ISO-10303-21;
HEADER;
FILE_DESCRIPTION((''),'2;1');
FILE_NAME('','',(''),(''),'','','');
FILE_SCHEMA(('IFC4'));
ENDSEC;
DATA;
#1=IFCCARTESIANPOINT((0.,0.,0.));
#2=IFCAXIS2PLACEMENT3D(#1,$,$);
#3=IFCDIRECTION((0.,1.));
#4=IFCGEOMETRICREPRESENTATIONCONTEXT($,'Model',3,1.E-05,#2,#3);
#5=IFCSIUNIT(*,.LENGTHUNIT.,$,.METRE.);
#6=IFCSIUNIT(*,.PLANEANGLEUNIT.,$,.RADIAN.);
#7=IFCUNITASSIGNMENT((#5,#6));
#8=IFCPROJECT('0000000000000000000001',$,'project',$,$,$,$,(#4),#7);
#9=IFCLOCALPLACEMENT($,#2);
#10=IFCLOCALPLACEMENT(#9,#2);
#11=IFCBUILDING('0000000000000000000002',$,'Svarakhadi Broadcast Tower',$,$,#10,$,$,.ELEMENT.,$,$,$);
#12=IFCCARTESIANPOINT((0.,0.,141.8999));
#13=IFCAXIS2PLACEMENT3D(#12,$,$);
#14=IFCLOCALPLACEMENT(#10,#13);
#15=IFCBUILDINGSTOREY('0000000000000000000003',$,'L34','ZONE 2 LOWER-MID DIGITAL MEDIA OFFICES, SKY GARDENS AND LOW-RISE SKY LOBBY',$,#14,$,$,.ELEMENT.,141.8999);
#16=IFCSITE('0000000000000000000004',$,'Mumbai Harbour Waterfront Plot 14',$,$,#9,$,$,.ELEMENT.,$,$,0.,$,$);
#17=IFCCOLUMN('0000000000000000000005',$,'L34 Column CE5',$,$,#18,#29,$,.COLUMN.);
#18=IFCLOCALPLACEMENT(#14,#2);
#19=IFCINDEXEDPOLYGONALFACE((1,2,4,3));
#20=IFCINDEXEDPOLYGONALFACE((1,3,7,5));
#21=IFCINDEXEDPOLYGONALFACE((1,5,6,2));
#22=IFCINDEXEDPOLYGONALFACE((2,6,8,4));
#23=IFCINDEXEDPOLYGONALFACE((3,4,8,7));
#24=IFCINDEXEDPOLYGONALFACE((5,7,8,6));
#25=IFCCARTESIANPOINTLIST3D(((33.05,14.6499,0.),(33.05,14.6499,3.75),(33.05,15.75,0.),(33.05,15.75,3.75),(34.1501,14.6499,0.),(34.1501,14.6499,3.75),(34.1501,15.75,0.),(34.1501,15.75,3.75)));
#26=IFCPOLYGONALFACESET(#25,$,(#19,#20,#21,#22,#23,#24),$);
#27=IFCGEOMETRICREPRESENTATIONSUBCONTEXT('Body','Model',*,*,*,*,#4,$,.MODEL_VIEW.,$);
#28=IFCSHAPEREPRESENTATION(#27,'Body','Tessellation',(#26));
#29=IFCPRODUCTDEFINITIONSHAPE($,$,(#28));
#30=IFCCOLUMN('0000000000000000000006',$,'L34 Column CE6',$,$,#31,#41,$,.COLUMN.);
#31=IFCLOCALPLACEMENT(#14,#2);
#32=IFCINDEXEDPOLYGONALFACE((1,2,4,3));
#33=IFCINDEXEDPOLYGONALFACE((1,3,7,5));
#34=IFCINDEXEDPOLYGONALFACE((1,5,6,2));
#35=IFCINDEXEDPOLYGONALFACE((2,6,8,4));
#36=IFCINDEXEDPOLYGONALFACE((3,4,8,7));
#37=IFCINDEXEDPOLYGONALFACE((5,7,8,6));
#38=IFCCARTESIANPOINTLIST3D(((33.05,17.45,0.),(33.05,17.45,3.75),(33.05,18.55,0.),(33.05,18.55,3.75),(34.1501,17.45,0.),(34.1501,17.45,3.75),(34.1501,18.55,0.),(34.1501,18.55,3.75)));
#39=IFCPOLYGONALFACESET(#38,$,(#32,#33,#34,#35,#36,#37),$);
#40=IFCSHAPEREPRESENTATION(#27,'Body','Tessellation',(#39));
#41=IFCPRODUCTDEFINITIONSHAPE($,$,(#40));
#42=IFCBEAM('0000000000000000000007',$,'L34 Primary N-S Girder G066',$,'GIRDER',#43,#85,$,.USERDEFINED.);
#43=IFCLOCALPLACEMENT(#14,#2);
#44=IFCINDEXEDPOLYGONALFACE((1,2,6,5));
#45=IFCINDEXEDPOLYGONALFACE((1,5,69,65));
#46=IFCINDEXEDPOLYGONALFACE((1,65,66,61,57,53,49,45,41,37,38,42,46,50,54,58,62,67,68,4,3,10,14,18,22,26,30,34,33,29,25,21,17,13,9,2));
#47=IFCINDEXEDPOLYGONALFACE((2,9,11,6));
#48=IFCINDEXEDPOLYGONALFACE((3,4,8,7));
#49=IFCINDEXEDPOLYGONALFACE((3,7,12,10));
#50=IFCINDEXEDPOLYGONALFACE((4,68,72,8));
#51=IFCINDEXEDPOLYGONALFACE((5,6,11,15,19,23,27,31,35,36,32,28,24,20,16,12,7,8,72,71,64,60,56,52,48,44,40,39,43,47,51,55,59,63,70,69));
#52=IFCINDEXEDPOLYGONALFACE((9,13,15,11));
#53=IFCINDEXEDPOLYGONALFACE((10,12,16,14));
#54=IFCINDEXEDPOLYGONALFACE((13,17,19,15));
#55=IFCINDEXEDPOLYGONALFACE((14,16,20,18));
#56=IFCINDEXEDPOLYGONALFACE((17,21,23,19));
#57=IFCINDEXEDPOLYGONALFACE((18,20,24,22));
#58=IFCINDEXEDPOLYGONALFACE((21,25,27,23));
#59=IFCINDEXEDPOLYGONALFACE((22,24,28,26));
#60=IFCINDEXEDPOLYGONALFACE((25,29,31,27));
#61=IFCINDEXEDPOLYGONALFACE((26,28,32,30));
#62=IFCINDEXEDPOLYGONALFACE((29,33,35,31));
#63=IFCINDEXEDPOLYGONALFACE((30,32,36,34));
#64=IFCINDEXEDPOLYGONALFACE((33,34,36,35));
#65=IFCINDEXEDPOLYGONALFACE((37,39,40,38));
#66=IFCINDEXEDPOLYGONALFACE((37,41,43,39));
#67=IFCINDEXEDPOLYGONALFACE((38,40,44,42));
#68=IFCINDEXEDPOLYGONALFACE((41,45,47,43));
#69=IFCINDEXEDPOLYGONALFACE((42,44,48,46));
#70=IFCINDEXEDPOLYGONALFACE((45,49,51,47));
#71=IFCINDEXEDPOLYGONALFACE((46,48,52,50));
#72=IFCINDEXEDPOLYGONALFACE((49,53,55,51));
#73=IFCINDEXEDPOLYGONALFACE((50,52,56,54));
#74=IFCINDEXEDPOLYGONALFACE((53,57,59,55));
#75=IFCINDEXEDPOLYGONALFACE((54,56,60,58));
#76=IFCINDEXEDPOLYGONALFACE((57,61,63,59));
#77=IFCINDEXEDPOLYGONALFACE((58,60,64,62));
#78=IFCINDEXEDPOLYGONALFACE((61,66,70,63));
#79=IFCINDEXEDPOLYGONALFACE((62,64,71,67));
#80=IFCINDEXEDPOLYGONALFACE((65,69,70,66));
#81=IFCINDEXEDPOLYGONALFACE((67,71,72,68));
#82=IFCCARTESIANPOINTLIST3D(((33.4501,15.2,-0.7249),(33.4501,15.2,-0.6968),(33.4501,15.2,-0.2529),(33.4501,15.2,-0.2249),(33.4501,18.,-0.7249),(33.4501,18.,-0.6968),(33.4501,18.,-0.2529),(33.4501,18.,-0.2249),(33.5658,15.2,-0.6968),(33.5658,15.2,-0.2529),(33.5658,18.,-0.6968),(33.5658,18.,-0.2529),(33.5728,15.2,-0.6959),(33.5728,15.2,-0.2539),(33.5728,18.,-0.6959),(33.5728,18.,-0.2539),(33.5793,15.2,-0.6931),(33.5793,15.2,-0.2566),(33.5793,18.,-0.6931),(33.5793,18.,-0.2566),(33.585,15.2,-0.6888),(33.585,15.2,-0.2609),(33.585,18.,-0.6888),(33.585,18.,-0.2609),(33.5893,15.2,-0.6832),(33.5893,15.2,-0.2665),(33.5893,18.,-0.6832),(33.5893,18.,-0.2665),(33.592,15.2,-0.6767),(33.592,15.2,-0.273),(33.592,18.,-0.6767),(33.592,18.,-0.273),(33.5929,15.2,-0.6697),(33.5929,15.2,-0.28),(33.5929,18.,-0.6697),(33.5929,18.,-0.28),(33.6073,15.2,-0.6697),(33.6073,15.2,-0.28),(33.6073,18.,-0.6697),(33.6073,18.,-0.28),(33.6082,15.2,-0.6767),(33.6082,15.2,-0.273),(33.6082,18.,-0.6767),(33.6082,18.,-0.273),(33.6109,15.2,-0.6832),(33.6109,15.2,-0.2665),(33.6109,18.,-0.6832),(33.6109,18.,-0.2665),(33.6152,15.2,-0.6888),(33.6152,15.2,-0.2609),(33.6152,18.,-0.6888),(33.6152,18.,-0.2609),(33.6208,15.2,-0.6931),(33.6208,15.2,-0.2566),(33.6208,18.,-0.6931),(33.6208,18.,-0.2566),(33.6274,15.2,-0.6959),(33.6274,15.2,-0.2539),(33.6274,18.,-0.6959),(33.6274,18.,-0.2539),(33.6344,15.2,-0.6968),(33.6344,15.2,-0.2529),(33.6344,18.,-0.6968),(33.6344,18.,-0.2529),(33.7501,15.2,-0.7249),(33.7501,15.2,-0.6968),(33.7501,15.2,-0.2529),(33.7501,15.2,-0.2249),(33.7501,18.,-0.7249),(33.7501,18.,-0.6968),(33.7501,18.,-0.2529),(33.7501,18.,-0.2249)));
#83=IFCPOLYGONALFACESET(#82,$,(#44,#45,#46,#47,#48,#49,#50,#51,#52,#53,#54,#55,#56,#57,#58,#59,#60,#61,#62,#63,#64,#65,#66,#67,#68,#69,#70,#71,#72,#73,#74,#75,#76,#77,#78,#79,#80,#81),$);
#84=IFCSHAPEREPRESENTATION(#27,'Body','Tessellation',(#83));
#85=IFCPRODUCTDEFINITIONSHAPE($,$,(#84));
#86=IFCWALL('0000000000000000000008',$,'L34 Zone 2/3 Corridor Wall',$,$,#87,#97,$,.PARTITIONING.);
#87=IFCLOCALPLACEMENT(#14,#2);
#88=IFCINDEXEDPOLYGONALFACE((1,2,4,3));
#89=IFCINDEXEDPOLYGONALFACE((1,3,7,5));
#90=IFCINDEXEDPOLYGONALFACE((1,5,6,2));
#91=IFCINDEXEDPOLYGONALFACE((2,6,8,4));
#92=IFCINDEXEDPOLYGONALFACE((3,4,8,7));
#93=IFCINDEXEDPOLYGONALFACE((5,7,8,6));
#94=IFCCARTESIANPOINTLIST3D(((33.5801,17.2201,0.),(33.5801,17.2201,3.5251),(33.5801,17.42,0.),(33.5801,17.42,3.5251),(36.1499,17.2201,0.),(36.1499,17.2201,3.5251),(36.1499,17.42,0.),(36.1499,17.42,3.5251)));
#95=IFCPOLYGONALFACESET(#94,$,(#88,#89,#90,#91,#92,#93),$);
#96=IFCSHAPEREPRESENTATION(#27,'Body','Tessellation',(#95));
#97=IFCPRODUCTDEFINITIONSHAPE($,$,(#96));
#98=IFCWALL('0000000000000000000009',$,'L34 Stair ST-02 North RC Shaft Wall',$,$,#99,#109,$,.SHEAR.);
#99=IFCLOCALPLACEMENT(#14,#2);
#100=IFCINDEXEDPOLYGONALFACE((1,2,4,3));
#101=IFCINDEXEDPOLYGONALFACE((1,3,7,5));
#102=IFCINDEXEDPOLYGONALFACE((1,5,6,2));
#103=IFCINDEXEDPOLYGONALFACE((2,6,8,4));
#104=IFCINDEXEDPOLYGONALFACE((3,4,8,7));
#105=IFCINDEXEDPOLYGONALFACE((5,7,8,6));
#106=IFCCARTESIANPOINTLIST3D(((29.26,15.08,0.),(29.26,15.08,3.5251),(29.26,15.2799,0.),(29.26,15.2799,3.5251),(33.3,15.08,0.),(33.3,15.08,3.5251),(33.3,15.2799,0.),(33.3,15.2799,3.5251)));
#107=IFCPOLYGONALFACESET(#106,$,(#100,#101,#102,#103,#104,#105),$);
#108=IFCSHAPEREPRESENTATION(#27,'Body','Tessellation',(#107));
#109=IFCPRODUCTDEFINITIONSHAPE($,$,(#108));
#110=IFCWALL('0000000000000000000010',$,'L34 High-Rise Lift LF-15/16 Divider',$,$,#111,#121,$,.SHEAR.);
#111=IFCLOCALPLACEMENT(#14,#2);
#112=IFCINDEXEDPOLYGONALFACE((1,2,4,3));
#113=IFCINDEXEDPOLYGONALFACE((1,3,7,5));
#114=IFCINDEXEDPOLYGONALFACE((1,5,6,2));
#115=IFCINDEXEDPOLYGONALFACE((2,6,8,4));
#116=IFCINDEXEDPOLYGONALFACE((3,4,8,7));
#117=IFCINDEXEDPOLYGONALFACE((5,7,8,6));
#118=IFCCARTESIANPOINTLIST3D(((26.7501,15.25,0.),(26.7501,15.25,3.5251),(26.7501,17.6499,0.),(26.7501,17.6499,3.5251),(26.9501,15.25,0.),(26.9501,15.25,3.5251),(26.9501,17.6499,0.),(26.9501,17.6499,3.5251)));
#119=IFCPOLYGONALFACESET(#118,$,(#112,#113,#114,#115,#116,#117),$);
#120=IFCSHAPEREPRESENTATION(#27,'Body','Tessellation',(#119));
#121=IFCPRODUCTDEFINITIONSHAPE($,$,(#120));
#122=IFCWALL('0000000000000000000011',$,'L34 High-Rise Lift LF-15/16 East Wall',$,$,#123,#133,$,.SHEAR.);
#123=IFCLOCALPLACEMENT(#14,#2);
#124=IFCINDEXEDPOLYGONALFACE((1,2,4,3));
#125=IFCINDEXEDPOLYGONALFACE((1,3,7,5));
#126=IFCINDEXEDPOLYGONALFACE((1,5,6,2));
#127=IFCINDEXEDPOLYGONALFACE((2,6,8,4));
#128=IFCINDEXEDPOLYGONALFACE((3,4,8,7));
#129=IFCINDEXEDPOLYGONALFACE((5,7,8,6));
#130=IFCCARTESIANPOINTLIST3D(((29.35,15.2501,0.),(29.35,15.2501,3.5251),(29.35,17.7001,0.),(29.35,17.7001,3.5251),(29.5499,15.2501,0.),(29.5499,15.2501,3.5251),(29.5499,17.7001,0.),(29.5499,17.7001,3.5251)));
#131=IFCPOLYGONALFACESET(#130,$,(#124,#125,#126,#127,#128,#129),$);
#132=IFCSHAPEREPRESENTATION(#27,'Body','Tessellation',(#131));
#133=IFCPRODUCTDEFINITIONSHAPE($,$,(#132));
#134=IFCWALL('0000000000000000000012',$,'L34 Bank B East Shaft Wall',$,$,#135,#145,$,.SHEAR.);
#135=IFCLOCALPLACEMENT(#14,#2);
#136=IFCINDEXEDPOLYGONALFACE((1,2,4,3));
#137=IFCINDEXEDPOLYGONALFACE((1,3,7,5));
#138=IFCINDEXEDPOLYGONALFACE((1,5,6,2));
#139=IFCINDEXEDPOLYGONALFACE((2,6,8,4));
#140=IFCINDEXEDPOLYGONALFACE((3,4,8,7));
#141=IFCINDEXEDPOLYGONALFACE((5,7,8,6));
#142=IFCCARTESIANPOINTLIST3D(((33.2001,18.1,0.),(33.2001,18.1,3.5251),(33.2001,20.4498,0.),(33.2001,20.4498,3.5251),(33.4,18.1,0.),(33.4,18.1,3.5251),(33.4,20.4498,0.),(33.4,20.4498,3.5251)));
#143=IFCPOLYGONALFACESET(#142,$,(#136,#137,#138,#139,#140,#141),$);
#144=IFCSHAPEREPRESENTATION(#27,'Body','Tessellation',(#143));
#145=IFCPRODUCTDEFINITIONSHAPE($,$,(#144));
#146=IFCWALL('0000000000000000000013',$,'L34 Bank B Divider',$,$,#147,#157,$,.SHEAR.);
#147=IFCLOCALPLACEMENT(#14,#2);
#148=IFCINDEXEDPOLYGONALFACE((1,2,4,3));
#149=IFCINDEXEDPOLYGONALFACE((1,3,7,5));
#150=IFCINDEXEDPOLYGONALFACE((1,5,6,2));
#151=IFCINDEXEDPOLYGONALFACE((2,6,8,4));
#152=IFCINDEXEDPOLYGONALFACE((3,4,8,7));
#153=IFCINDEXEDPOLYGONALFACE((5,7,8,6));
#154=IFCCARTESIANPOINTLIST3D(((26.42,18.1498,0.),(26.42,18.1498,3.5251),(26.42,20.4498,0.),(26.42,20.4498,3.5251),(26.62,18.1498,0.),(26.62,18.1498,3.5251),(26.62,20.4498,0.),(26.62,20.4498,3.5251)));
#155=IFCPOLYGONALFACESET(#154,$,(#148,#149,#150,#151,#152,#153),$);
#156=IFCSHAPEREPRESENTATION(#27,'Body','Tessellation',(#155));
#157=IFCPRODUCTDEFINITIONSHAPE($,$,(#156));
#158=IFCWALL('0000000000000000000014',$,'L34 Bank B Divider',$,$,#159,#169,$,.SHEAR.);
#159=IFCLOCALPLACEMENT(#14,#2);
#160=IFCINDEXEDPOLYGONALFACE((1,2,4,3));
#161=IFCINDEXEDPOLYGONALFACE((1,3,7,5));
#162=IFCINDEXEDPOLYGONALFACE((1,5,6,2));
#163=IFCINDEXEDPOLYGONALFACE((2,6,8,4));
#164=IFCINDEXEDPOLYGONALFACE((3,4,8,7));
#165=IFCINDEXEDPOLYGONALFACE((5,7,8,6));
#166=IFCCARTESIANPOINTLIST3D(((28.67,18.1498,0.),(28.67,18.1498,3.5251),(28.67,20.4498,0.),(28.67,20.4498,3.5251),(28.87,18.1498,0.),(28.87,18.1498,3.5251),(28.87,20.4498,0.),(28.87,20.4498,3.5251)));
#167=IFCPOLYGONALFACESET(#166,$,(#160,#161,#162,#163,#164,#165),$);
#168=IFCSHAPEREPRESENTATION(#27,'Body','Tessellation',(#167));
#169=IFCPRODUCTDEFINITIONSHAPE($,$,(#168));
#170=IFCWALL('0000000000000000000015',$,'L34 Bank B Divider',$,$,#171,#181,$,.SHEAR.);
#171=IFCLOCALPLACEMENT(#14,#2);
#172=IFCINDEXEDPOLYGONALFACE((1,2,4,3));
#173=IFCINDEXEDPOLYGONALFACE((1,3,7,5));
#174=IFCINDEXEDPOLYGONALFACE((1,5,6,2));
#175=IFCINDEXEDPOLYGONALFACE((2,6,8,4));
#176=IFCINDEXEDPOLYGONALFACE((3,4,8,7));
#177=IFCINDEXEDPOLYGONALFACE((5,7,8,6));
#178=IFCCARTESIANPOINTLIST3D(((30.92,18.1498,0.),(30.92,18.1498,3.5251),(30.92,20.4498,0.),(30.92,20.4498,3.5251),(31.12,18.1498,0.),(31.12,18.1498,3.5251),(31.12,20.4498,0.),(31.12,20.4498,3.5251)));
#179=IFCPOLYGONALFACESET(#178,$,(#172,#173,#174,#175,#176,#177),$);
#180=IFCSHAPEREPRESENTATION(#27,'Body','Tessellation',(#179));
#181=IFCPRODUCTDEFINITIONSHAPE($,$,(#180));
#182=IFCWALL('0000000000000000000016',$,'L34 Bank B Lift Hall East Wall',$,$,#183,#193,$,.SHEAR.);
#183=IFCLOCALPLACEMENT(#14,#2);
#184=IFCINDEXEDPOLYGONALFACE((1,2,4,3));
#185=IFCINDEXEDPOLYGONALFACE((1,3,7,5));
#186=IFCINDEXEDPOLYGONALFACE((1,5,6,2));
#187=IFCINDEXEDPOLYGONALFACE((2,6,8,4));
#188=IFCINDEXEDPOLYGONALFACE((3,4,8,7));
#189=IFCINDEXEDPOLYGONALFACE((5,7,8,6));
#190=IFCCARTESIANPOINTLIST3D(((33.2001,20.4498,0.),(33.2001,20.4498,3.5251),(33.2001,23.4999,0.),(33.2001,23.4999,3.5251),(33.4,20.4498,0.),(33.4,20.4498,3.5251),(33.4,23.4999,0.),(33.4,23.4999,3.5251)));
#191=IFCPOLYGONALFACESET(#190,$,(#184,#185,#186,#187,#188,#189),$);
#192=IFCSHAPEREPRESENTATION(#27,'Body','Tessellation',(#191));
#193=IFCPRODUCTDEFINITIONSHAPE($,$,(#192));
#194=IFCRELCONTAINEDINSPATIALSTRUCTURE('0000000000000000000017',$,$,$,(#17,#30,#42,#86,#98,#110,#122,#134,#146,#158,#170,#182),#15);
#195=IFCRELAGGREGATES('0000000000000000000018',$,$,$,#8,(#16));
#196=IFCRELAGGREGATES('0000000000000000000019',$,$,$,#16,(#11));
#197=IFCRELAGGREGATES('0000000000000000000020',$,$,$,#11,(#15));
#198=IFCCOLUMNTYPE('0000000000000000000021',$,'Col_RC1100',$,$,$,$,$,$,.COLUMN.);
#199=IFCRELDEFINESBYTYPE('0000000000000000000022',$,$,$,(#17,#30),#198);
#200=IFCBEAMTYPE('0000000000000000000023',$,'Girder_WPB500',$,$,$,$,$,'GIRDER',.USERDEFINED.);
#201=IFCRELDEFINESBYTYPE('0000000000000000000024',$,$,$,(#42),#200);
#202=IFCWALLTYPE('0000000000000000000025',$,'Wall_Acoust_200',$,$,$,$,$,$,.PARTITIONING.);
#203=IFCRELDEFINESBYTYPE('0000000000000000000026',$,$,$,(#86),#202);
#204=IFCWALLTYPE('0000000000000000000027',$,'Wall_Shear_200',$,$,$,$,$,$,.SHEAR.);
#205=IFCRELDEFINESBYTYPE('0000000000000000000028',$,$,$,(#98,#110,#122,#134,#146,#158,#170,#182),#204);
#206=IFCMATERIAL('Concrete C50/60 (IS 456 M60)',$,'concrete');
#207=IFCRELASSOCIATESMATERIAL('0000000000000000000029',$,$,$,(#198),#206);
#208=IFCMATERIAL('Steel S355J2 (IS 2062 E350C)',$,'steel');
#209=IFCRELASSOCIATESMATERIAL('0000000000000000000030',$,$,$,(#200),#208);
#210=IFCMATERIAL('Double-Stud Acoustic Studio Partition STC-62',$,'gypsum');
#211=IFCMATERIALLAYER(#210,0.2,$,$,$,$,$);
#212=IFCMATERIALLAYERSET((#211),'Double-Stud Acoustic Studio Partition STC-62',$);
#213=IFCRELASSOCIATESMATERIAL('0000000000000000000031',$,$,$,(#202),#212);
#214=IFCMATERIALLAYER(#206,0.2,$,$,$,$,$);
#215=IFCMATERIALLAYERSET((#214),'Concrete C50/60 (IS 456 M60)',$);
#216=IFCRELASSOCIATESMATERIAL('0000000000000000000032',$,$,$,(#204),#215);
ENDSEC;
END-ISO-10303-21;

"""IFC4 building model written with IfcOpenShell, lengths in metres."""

from ifc_helpers import new_model, si_unit, direction, frame, frame_2d, origin, origin_2d, place, context, subcontext, project, spatial, rectangle, i_section, extrude, material, layer, layer_set, material_profile, profile_set, type_object, element, save


model = new_model("IFC4")

# Units and contexts
model_context = context("Model", 3, precision=1e-05, world=origin(), true_north=direction((0.0, 1.0)))
body_context = subcontext(model_context, "Body", "Model", "MODEL_VIEW")
ifc_project = project(units=[si_unit("LENGTHUNIT", "METRE"), si_unit("PLANEANGLEUNIT", "RADIAN")], contexts=[model_context])

# Site, building, storey
site_placement = place(None, origin())
site = spatial("IfcSite", under=ifc_project, at=site_placement, Name="Mumbai Harbour Waterfront Plot 14", CompositionType="ELEMENT", RefElevation=0.0)
building_placement = place(site_placement, origin())
building = spatial("IfcBuilding", under=site, at=building_placement, Name="Svarakhadi Broadcast Tower", CompositionType="ELEMENT")
storey_placement = place(building_placement, frame((0.0, 0.0, 141.8999)))
storey = spatial("IfcBuildingStorey", under=building, at=storey_placement, Name="L34", Description="ZONE 2 LOWER-MID DIGITAL MEDIA OFFICES, SKY GARDENS AND LOW-RISE SKY LOBBY", CompositionType="ELEMENT", Elevation=141.8999)

# Columns
ifc_material_1 = material(Name="Concrete C50/60 (IS 456 M60)", Category="concrete")
ifc_material_profile_1 = material_profile(ifc_material_1, rectangle(XDim=1.1001, YDim=1.1001, at=origin_2d()), Name="RC 1100x1100")
ifc_profile_set_1 = profile_set([ifc_material_profile_1], Name="Concrete C50/60 (IS 456 M60)")
column_type = type_object("IfcColumnType", Name="Col_RC1100", PredefinedType="COLUMN", material=ifc_profile_set_1)
for number, where, z_axis, x_axis, name in (
    (1, (33.6001, 15.2, 0.0), (0.0, 0.0, 1.0), (1.0, 0.0, 0.0), "L34 Column CE5"),
    (2, (33.6001, 18.0, 0.0), (0.0, 0.0, 1.0), (1.0, 0.0, 0.0), "L34 Column CE6"),
):
    element("IfcColumn", number, at=place(storey_placement, frame(where, z_axis=z_axis, x_axis=x_axis)), inside=storey, type_object=column_type, Name=name, PredefinedType="COLUMN", context=body_context, shape_type="SweptSolid", body=[
        extrude(rectangle(XDim=1.1001, YDim=1.1001, at=origin_2d()), origin(), (0.0, 0.0, 1.0), 3.75),
    ])

# Beam
ifc_material_2 = material(Name="Steel S355J2 (IS 2062 E350C)", Category="steel")
ifc_material_profile_2 = material_profile(ifc_material_2, i_section(OverallWidth=0.3, OverallDepth=0.5, WebThickness=0.0144, FlangeThickness=0.0281, FilletRadius=0.0271, at=origin_2d()), Name="WPB 500x300x187")
ifc_profile_set_2 = profile_set([ifc_material_profile_2], Name="Steel S355J2 (IS 2062 E350C)")
beam_type = type_object("IfcBeamType", Name="Girder_WPB500", ElementType="GIRDER", PredefinedType="USERDEFINED", material=ifc_profile_set_2)
beam_placement = place(storey_placement, frame((33.6001, 15.2, -0.4749), z_axis=(0.0, 1.0, 0.0), x_axis=(-1.0, 0.0, 0.0)))
element("IfcBeam", 3, at=beam_placement, inside=storey, type_object=beam_type, Name="L34 Primary N-S Girder G066", ObjectType="GIRDER", PredefinedType="USERDEFINED", context=body_context, shape_type="SweptSolid", body=[
    extrude(i_section(OverallWidth=0.3, OverallDepth=0.5, WebThickness=0.0144, FlangeThickness=0.0281, FilletRadius=0.0271, at=origin_2d()), origin(), (0.0, 0.0, 1.0), 2.8),
])

# Walls
ifc_material_3 = material(Name="Double-Stud Acoustic Studio Partition STC-62", Category="gypsum")
ifc_layer_1 = layer(ifc_material_3, 0.2)
ifc_layer_set_1 = layer_set([ifc_layer_1], Name="Double-Stud Acoustic Studio Partition STC-62")
wall_type_1 = type_object("IfcWallType", Name="Wall_Acoust_200", PredefinedType="PARTITIONING", material=ifc_layer_set_1)
wall_1_placement = place(storey_placement, frame((33.5801, 17.3201, 0.0), z_axis=(0.0, 0.0, 1.0), x_axis=(1.0, 0.0, 0.0)))
element("IfcWall", 4, at=wall_1_placement, inside=storey, type_object=wall_type_1, Name="L34 Zone 2/3 Corridor Wall", PredefinedType="PARTITIONING", context=body_context, shape_type="SweptSolid", body=[
    extrude(rectangle(XDim=2.5698, YDim=0.2, at=frame_2d((1.2849, 0.0))), origin(), (0.0, 0.0, 1.0), 3.5251),
])
ifc_layer_2 = layer(ifc_material_1, 0.2)
ifc_layer_set_2 = layer_set([ifc_layer_2], Name="Concrete C50/60 (IS 456 M60)")
wall_type_2 = type_object("IfcWallType", Name="Wall_Shear_200", PredefinedType="SHEAR", material=ifc_layer_set_2)
wall_2_placement = place(storey_placement, frame((29.26, 15.1799, 0.0), z_axis=(0.0, 0.0, 1.0), x_axis=(1.0, 0.0, 0.0)))
element("IfcWall", 5, at=wall_2_placement, inside=storey, type_object=wall_type_2, Name="L34 Stair ST-02 North RC Shaft Wall", PredefinedType="SHEAR", context=body_context, shape_type="SweptSolid", body=[
    extrude(rectangle(XDim=4.04, YDim=0.2, at=frame_2d((2.02, 0.0))), origin(), (0.0, 0.0, 1.0), 3.5251),
])

# Walls
wall_3_placement = place(storey_placement, frame((26.8501, 15.25, 0.0), z_axis=(0.0, 0.0, 1.0), x_axis=(0.0, 1.0, 0.0)))
element("IfcWall", 6, at=wall_3_placement, inside=storey, type_object=wall_type_2, Name="L34 High-Rise Lift LF-15/16 Divider", PredefinedType="SHEAR", context=body_context, shape_type="SweptSolid", body=[
    extrude(rectangle(XDim=2.3999, YDim=0.2, at=frame_2d((1.2, 0.0))), origin(), (0.0, 0.0, 1.0), 3.5251),
])
wall_4_placement = place(storey_placement, frame((29.45, 15.25, 0.0), z_axis=(0.0, 0.0, 1.0), x_axis=(0.0, 1.0, 0.0)))
element("IfcWall", 7, at=wall_4_placement, inside=storey, type_object=wall_type_2, Name="L34 High-Rise Lift LF-15/16 East Wall", PredefinedType="SHEAR", context=body_context, shape_type="SweptSolid", body=[
    extrude(rectangle(XDim=2.45, YDim=0.2, at=frame_2d((1.2251, 0.0))), origin(), (0.0, 0.0, 1.0), 3.5251),
])
wall_5_placement = place(storey_placement, frame((33.3, 18.1001, 0.0), z_axis=(0.0, 0.0, 1.0), x_axis=(0.0, 1.0, 0.0)))
element("IfcWall", 8, at=wall_5_placement, inside=storey, type_object=wall_type_2, Name="L34 Bank B East Shaft Wall", PredefinedType="SHEAR", context=body_context, shape_type="SweptSolid", body=[
    extrude(rectangle(XDim=2.3499, YDim=0.2, at=frame_2d((1.1748, 0.0))), origin(), (0.0, 0.0, 1.0), 3.5251),
])
for number, where, z_axis, x_axis, name in (
    (9, (26.52, 18.1499, 0.0), (0.0, 0.0, 1.0), (0.0, 1.0, 0.0), "L34 Bank B Divider"),
    (10, (28.77, 18.1499, 0.0), (0.0, 0.0, 1.0), (0.0, 1.0, 0.0), "L34 Bank B Divider"),
    (11, (31.02, 18.1499, 0.0), (0.0, 0.0, 1.0), (0.0, 1.0, 0.0), "L34 Bank B Divider"),
):
    element("IfcWall", number, at=place(storey_placement, frame(where, z_axis=z_axis, x_axis=x_axis)), inside=storey, type_object=wall_type_2, Name=name, PredefinedType="SHEAR", context=body_context, shape_type="SweptSolid", body=[
        extrude(rectangle(XDim=2.3, YDim=0.2, at=frame_2d((1.1499, 0.0))), origin(), (0.0, 0.0, 1.0), 3.5251),
    ])
wall_6_placement = place(storey_placement, frame((33.3, 20.45, 0.0), z_axis=(0.0, 0.0, 1.0), x_axis=(0.0, 1.0, 0.0)))
element("IfcWall", 12, at=wall_6_placement, inside=storey, type_object=wall_type_2, Name="L34 Bank B Lift Hall East Wall", PredefinedType="SHEAR", context=body_context, shape_type="SweptSolid", body=[
    extrude(rectangle(XDim=3.05, YDim=0.2, at=frame_2d((1.5249, 0.0))), origin(), (0.0, 0.0, 1.0), 3.5251),
])

save(model, "model.ifc")
